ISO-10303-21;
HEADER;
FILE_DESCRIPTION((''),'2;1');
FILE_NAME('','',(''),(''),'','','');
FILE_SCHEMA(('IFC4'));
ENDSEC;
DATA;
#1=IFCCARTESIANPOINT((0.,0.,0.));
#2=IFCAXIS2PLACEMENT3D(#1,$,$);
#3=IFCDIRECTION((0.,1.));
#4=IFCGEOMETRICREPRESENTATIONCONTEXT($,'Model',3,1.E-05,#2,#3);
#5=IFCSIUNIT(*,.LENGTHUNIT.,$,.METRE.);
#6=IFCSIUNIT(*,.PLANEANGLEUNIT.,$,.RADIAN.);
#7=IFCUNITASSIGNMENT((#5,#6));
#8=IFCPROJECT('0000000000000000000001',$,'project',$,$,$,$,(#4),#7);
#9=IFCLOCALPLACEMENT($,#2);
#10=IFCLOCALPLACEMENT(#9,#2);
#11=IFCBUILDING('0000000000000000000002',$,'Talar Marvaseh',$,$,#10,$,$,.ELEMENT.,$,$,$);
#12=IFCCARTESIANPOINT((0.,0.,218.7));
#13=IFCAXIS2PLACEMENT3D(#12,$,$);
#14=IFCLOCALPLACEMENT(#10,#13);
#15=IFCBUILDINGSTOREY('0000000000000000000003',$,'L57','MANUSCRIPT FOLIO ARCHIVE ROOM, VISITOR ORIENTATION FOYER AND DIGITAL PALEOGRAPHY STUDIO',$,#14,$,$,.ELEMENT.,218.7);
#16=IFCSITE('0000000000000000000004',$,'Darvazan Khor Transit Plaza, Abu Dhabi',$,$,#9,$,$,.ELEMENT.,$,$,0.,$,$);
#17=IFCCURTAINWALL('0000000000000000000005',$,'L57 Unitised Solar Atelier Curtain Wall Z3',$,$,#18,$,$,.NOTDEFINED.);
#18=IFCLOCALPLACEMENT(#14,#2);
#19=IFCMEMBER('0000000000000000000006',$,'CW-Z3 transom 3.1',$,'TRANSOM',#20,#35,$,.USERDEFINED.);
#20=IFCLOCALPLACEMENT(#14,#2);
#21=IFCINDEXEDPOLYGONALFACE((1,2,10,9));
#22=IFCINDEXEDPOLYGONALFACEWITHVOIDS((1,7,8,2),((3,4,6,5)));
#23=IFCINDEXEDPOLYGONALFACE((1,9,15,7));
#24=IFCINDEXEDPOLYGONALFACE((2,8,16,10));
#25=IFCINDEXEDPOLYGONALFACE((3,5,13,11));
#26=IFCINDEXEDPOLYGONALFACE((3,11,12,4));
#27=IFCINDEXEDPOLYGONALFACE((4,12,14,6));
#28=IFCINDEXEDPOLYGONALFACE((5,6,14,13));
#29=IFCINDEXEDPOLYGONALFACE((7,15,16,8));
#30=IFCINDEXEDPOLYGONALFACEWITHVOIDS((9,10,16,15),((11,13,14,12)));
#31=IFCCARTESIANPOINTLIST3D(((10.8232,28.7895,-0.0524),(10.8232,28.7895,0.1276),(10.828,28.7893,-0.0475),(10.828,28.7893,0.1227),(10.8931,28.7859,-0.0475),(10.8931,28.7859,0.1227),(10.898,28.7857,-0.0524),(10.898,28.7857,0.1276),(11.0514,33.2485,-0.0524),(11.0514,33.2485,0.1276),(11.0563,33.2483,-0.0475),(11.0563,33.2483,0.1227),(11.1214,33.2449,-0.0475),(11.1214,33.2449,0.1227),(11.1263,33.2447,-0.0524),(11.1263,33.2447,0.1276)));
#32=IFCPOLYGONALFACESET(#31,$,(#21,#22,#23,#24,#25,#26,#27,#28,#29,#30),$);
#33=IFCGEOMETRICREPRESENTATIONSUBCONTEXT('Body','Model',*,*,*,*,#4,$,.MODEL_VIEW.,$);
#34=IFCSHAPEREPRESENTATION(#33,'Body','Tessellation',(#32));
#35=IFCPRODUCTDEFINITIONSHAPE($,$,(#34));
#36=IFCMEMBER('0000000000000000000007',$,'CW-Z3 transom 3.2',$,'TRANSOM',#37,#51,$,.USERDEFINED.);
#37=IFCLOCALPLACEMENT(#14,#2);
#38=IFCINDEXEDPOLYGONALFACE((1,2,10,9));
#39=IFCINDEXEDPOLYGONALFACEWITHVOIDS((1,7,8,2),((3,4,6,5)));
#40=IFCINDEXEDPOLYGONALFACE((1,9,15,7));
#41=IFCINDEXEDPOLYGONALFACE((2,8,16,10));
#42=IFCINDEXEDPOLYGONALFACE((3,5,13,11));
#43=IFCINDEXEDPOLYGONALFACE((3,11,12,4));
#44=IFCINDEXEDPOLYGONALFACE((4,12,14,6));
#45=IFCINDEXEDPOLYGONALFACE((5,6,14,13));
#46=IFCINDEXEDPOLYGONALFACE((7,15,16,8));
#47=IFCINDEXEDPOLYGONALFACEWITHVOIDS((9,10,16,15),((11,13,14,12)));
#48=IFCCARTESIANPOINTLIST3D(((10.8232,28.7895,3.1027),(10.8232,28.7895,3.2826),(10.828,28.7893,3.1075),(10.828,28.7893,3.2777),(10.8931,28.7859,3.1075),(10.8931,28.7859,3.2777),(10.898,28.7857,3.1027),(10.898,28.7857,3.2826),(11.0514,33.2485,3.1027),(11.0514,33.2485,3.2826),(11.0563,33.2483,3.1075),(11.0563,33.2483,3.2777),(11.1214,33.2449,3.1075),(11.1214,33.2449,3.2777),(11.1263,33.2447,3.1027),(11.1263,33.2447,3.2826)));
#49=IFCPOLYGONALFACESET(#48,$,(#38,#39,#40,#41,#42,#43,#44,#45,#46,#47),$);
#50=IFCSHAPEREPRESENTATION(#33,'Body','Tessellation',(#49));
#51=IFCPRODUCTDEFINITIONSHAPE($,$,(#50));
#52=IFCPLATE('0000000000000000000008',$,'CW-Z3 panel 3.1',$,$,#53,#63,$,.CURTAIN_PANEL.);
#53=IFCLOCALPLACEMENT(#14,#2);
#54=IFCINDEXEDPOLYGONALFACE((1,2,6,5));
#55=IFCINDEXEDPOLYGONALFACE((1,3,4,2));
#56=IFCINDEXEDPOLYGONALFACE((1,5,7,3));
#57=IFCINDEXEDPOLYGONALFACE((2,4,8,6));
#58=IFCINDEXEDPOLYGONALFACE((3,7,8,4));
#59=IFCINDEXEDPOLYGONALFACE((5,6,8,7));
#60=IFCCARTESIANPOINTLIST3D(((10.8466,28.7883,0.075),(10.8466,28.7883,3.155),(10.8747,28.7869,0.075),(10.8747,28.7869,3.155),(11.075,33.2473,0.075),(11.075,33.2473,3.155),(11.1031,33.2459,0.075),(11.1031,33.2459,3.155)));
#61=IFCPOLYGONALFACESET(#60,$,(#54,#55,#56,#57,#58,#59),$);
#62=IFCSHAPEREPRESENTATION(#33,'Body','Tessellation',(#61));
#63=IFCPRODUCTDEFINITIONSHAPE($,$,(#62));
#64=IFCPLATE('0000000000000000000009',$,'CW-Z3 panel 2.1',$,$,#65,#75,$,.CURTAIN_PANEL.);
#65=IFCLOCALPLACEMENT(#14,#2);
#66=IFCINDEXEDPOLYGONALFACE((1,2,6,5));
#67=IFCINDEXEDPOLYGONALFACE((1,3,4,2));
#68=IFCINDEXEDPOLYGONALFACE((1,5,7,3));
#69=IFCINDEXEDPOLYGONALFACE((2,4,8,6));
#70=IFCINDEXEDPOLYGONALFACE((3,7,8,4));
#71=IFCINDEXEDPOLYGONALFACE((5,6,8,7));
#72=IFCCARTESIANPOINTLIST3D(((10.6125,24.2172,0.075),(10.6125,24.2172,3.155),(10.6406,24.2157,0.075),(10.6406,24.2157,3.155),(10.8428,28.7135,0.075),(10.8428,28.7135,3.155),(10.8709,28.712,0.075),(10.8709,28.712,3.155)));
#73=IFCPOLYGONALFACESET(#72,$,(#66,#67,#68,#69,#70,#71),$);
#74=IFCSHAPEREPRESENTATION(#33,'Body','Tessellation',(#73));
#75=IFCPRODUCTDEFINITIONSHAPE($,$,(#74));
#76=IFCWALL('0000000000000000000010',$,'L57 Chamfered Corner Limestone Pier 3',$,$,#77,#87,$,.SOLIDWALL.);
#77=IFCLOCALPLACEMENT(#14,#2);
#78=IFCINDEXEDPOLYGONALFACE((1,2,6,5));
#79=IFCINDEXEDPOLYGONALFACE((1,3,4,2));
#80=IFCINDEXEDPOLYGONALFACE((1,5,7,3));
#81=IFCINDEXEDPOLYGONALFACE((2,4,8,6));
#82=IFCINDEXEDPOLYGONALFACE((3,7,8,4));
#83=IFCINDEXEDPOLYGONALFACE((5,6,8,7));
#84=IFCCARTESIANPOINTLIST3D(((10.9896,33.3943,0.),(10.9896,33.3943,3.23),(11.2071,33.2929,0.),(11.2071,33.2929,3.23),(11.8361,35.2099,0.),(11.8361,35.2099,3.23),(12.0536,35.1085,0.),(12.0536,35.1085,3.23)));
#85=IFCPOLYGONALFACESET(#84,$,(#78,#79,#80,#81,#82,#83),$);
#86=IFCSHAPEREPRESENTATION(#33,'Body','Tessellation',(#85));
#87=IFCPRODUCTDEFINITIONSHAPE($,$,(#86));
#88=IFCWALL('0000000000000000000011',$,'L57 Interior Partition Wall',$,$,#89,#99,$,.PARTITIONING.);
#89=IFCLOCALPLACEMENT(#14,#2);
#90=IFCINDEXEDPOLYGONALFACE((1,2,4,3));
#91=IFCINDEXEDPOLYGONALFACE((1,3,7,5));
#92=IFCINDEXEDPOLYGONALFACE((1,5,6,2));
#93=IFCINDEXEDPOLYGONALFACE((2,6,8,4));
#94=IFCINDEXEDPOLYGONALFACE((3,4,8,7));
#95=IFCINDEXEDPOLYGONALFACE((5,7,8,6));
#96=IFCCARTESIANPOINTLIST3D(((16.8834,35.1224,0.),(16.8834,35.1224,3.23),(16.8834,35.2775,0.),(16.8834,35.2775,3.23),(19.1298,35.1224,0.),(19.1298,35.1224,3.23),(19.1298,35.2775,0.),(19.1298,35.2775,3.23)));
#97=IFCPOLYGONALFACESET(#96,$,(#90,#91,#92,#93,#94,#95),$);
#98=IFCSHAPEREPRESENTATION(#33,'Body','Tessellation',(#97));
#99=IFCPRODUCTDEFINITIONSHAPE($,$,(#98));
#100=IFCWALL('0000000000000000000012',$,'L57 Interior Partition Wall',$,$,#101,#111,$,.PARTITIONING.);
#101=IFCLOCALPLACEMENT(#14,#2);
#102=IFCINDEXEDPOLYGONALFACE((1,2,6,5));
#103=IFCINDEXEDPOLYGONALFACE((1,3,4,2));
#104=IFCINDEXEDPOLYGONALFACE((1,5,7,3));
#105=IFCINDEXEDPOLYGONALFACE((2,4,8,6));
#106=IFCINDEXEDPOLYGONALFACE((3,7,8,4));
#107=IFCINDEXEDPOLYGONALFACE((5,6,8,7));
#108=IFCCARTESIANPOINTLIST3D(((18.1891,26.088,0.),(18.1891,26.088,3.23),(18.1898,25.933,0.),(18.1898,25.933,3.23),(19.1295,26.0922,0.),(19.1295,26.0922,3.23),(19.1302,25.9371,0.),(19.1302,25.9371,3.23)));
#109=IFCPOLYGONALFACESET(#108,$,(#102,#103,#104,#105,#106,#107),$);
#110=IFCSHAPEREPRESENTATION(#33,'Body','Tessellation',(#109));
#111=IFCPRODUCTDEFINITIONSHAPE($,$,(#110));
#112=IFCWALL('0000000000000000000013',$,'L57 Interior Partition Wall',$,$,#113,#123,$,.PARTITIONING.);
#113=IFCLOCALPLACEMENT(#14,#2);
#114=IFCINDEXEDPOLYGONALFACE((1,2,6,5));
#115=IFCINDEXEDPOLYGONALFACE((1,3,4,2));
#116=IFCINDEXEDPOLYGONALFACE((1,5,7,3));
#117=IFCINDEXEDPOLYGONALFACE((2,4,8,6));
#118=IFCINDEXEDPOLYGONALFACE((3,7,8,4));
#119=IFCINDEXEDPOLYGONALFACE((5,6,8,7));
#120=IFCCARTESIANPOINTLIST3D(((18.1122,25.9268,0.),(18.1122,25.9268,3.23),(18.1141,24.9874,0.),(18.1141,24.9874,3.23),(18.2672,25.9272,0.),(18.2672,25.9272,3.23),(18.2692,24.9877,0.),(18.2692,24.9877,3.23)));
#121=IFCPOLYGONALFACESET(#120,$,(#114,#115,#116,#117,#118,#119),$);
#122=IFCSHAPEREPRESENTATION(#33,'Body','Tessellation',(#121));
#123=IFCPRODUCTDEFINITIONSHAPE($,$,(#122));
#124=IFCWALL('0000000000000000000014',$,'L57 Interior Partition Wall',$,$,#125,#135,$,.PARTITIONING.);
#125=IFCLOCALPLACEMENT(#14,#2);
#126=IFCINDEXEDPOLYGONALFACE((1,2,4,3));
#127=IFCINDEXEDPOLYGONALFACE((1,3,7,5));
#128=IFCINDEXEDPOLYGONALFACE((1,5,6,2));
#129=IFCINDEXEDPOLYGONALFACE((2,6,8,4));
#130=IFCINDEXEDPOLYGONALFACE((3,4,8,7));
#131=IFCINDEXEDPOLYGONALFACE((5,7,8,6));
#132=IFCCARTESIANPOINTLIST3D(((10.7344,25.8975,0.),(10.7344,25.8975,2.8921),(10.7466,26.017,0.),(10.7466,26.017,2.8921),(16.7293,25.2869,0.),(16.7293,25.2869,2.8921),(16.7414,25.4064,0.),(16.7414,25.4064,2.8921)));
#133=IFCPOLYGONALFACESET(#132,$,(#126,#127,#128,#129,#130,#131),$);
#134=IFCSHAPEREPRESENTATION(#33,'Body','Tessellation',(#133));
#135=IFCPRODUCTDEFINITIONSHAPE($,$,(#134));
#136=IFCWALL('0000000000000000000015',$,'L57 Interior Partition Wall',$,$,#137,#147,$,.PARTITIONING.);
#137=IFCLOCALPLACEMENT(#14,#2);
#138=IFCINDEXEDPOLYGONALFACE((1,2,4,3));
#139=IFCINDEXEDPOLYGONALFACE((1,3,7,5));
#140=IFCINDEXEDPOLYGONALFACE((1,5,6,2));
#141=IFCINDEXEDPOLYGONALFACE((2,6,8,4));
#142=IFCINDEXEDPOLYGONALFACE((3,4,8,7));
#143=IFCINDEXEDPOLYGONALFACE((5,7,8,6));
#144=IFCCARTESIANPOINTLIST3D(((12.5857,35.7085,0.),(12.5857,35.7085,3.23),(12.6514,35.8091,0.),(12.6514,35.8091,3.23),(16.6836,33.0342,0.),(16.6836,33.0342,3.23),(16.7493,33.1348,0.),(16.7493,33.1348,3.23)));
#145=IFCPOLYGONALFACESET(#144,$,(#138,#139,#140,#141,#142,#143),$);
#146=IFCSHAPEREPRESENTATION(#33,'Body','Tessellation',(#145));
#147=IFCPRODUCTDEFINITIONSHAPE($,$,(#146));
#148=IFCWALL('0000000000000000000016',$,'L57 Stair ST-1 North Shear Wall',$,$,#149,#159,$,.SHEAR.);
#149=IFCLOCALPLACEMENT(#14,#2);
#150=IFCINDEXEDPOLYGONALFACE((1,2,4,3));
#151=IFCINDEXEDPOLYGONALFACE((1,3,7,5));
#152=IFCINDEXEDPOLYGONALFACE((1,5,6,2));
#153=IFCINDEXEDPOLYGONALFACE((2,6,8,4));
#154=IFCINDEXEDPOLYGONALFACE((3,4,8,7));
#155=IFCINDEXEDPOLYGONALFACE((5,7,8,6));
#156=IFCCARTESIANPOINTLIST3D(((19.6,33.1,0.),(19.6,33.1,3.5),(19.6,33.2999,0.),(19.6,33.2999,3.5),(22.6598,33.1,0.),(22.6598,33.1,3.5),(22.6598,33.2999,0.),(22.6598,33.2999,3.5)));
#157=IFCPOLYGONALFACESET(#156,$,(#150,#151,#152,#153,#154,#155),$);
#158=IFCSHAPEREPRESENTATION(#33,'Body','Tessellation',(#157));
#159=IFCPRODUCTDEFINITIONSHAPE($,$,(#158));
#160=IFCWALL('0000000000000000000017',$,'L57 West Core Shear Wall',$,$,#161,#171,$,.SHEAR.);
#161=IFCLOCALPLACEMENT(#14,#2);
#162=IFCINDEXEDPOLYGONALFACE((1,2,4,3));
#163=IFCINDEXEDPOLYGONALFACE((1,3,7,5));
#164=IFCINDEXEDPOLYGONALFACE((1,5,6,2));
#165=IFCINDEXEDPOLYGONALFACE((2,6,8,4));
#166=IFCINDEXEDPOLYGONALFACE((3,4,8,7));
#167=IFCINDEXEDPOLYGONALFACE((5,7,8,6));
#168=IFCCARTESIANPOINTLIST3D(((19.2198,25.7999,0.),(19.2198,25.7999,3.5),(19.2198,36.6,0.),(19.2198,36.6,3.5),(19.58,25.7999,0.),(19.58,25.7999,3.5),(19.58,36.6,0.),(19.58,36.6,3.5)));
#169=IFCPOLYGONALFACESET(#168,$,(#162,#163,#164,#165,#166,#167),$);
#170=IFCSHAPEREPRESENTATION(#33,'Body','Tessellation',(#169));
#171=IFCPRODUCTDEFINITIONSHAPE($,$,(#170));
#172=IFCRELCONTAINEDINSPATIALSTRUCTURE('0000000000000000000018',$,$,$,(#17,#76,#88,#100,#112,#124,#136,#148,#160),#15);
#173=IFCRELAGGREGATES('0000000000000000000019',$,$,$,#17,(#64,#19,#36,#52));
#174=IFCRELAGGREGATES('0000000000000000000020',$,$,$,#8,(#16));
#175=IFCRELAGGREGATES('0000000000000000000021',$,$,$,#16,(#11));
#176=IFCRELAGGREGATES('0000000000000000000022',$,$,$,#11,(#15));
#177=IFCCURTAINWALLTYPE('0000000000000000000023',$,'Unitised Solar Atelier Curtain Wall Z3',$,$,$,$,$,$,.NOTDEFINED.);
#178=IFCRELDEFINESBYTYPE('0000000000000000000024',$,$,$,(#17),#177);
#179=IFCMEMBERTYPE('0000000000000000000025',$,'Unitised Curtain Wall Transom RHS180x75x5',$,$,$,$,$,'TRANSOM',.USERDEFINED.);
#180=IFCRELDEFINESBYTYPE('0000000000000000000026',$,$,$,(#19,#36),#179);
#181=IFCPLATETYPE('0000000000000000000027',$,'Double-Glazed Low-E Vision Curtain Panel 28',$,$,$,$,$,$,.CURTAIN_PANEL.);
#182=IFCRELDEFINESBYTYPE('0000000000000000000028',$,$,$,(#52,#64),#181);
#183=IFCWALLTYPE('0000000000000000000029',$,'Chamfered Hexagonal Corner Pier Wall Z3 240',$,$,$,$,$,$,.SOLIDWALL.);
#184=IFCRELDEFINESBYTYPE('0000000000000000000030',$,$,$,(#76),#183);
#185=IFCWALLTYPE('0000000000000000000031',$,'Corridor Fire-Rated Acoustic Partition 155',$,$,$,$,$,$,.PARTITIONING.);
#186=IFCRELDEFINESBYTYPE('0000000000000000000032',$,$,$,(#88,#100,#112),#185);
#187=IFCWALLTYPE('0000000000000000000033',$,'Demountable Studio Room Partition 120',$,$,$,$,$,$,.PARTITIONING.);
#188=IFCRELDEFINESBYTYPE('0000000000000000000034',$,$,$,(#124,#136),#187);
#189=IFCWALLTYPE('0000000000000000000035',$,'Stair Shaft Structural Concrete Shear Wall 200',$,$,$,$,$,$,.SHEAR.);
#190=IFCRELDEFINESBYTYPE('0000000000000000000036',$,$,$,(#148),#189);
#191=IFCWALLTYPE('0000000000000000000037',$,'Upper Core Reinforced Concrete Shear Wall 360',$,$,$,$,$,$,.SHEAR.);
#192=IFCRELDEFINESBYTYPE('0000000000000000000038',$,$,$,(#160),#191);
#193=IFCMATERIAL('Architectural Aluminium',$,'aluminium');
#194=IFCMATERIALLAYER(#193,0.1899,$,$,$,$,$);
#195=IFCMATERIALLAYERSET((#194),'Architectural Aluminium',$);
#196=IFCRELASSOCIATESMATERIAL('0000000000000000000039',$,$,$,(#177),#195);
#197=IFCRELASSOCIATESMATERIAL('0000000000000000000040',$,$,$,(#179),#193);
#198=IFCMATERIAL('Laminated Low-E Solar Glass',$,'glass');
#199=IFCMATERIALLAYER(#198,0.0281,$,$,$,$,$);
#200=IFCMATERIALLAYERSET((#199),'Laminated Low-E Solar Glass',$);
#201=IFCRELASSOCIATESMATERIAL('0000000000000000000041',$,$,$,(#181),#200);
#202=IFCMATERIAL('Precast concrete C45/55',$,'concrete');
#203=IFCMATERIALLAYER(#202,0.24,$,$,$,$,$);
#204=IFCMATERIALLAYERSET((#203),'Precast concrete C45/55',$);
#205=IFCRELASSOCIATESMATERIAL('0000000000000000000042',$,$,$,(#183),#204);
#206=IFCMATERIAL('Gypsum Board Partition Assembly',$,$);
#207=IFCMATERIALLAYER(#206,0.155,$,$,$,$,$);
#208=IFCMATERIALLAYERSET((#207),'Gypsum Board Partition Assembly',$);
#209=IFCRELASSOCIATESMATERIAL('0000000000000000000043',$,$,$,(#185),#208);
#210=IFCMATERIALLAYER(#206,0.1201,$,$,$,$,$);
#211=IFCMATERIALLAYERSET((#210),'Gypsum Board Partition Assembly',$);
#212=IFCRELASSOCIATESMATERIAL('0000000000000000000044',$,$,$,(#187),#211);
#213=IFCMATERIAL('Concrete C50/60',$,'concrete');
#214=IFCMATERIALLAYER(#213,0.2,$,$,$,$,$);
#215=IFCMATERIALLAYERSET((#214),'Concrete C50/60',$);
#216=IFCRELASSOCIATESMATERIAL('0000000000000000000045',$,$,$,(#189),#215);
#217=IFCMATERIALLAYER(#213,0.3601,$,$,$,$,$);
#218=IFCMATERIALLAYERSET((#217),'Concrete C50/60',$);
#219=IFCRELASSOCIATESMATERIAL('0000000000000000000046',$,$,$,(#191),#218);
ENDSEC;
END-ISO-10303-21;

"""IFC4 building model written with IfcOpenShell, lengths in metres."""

from ifc_helpers import new_model, si_unit, direction, frame, frame_2d, origin, origin_2d, place, context, subcontext, project, spatial, rectangle, hollow_rectangle, extrude, source, transform, mapped, material, layer, layer_set, material_profile, profile_set, type_object, type_shapes, element, aggregate, save


model = new_model("IFC4")

# Units and contexts
model_context = context("Model", 3, precision=1e-05, world=origin(), true_north=direction((0.0, 1.0)))
body_context = subcontext(model_context, "Body", "Model", "MODEL_VIEW")
ifc_project = project(units=[si_unit("LENGTHUNIT", "METRE"), si_unit("PLANEANGLEUNIT", "RADIAN")], contexts=[model_context])

# Site, building, storey
site_placement = place(None, origin())
site = spatial("IfcSite", under=ifc_project, at=site_placement, Name="Darvazan Khor Transit Plaza, Abu Dhabi", CompositionType="ELEMENT", RefElevation=0.0)
building_placement = place(site_placement, origin())
building = spatial("IfcBuilding", under=site, at=building_placement, Name="Talar Marvaseh", CompositionType="ELEMENT")
storey_placement = place(building_placement, frame((0.0, 0.0, 218.7)))
storey = spatial("IfcBuildingStorey", under=building, at=storey_placement, Name="L57", Description="MANUSCRIPT FOLIO ARCHIVE ROOM, VISITOR ORIENTATION FOYER AND DIGITAL PALEOGRAPHY STUDIO", CompositionType="ELEMENT", Elevation=218.7)

# Curtain wall
ifc_material_1 = material(Name="Architectural Aluminium", Category="aluminium")
ifc_layer_1 = layer(ifc_material_1, 0.1899)
ifc_layer_set_1 = layer_set([ifc_layer_1], Name="Architectural Aluminium")
curtain_wall_type = type_object("IfcCurtainWallType", Name="Unitised Solar Atelier Curtain Wall Z3", PredefinedType="NOTDEFINED", material=ifc_layer_set_1)
curtain_wall_1_placement = place(storey_placement, origin())
curtain_wall_1 = element("IfcCurtainWall", 1, at=curtain_wall_1_placement, inside=storey, type_object=curtain_wall_type, Name="L57 Unitised Solar Atelier Curtain Wall Z3", PredefinedType="NOTDEFINED")
ifc_material_profile_1 = material_profile(ifc_material_1, hollow_rectangle(XDim=0.075, YDim=0.1799, WallThickness=0.0049, at=origin_2d()), Name="RHS180x75x5")
ifc_profile_set_1 = profile_set([ifc_material_profile_1], Name="Architectural Aluminium")
member_type_1 = type_object("IfcMemberType", Name="Unitised Curtain Wall Transom RHS180x75x5", ElementType="TRANSOM", PredefinedType="USERDEFINED", material=ifc_profile_set_1)

# Members
shared_shape_1 = source(origin(), body_context, "Body", "SweptSolid", [
    extrude(hollow_rectangle(XDim=0.075, YDim=0.1799, WallThickness=0.0049, at=origin_2d()), origin(), (0.0, 0.0, 1.0), 4.4648),
])
member_1_placement = place(storey_placement, frame((10.8606, 28.7876, 0.0376), z_axis=(0.051127, 0.998692, 0.0), x_axis=(-0.998692, 0.051127, 0.0)))
member_1 = element("IfcMember", 2, at=member_1_placement, type_object=member_type_1, Name="CW-Z3 transom 3.1", ObjectType="TRANSOM", PredefinedType="USERDEFINED", context=body_context, shape_type="MappedRepresentation", body=[
    mapped(shared_shape_1, transform((0.0, 0.0, 0.0), x_axis=(1.0, 0.0, 0.0), y_axis=(0.0, 1.0, 0.0), z_axis=(0.0, 0.0, 1.0), scale=1.0)),
])
member_2_placement = place(storey_placement, frame((10.8606, 28.7876, 3.1926), z_axis=(0.051127, 0.998692, 0.0), x_axis=(-0.998692, 0.051127, 0.0)))
member_2 = element("IfcMember", 3, at=member_2_placement, type_object=member_type_1, Name="CW-Z3 transom 3.2", ObjectType="TRANSOM", PredefinedType="USERDEFINED", context=body_context, shape_type="MappedRepresentation", body=[
    mapped(shared_shape_1, transform((0.0, 0.0, 0.0), x_axis=(1.0, 0.0, 0.0), y_axis=(0.0, 1.0, 0.0), z_axis=(0.0, 0.0, 1.0), scale=1.0)),
])

# Plates
ifc_material_2 = material(Name="Laminated Low-E Solar Glass", Category="glass")
ifc_layer_2 = layer(ifc_material_2, 0.0281)
ifc_layer_set_2 = layer_set([ifc_layer_2], Name="Laminated Low-E Solar Glass")
plate_type = type_object("IfcPlateType", Name="Double-Glazed Low-E Vision Curtain Panel 28", PredefinedType="CURTAIN_PANEL", material=ifc_layer_set_2)
shared_shape_2 = source(origin(), body_context, "Body", "SweptSolid", [
    extrude(rectangle(XDim=4.4648, YDim=0.0281, at=origin_2d()), origin(), (0.0, 0.0, 1.0), 3.0801),
])
plate_1_placement = place(storey_placement, frame((10.9749, 31.0171, 0.075), z_axis=(0.0, 0.0, 1.0), x_axis=(0.051152, 0.998691, 0.0)))
plate_1 = element("IfcPlate", 4, at=plate_1_placement, type_object=plate_type, Name="CW-Z3 panel 3.1", PredefinedType="CURTAIN_PANEL", context=body_context, shape_type="MappedRepresentation", body=[
    mapped(shared_shape_2, transform((0.0, 0.0, 0.0), x_axis=(1.0, 0.0, 0.0), y_axis=(0.0, 1.0, 0.0), z_axis=(0.0, 0.0, 1.0), scale=1.0)),
])
shared_shape_3 = source(origin(), body_context, "Body", "SweptSolid", [
    extrude(rectangle(XDim=4.5022, YDim=0.0281, at=origin_2d()), origin(), (0.0, 0.0, 1.0), 3.0801),
])
type_shapes(plate_type, [shared_shape_2, shared_shape_3])
plate_2_placement = place(storey_placement, frame((10.7417, 26.4646, 0.075), z_axis=(0.0, 0.0, 1.0), x_axis=(0.051152, 0.998691, 0.0)))
plate_2 = element("IfcPlate", 5, at=plate_2_placement, type_object=plate_type, Name="CW-Z3 panel 2.1", PredefinedType="CURTAIN_PANEL", context=body_context, shape_type="MappedRepresentation", body=[
    mapped(shared_shape_3, transform((0.0, 0.0, 0.0), x_axis=(1.0, 0.0, 0.0), y_axis=(0.0, 1.0, 0.0), z_axis=(0.0, 0.0, 1.0), scale=1.0)),
])
aggregate(curtain_wall_1, [plate_2, member_1, member_2, plate_1])

# Walls
ifc_material_3 = material(Name="Precast concrete C45/55", Category="concrete")
ifc_layer_3 = layer(ifc_material_3, 0.24)
ifc_layer_set_3 = layer_set([ifc_layer_3], Name="Precast concrete C45/55")
wall_type_1 = type_object("IfcWallType", Name="Chamfered Hexagonal Corner Pier Wall Z3 240", PredefinedType="SOLIDWALL", material=ifc_layer_set_3)
wall_1_placement = place(storey_placement, frame((11.0984, 33.3438, 0.0), z_axis=(0.0, 0.0, 1.0), x_axis=(0.422572, 0.906329, 0.0)))
element("IfcWall", 6, at=wall_1_placement, inside=storey, type_object=wall_type_1, Name="L57 Chamfered Corner Limestone Pier 3", PredefinedType="SOLIDWALL", context=body_context, shape_type="SweptSolid", body=[
    extrude(rectangle(XDim=2.0032, YDim=0.24, at=frame_2d((1.0015, 0.0))), origin(), (0.0, 0.0, 1.0), 3.23),
])
ifc_material_4 = material(Name="Gypsum Board Partition Assembly")
ifc_layer_4 = layer(ifc_material_4, 0.155)
ifc_layer_set_4 = layer_set([ifc_layer_4], Name="Gypsum Board Partition Assembly")
wall_type_2 = type_object("IfcWallType", Name="Corridor Fire-Rated Acoustic Partition 155", PredefinedType="PARTITIONING", material=ifc_layer_set_4)
wall_2_placement = place(storey_placement, frame((16.8835, 35.2, 0.0), z_axis=(0.0, 0.0, 1.0), x_axis=(1.0, 0.0, 0.0)))
element("IfcWall", 7, at=wall_2_placement, inside=storey, type_object=wall_type_2, Name="L57 Interior Partition Wall", PredefinedType="PARTITIONING", context=body_context, shape_type="SweptSolid", body=[
    extrude(rectangle(XDim=2.2463, YDim=0.155, at=frame_2d((1.123, 0.0))), origin(), (0.0, 0.0, 1.0), 3.23),
])
wall_3_placement = place(storey_placement, frame((19.1299, 26.0146, 0.0), z_axis=(0.0, 0.0, 1.0), x_axis=(-0.99999, -0.004413, 0.0)))
element("IfcWall", 8, at=wall_3_placement, inside=storey, type_object=wall_type_2, Name="L57 Interior Partition Wall", PredefinedType="PARTITIONING", context=body_context, shape_type="SweptSolid", body=[
    extrude(rectangle(XDim=0.9404, YDim=0.155, at=frame_2d((0.4702, 0.0))), origin(), (0.0, 0.0, 1.0), 3.23),
])
wall_4_placement = place(storey_placement, frame((18.1897, 25.927, 0.0), z_axis=(0.0, 0.0, 1.0), x_axis=(0.002079, -0.999998, 0.0)))
element("IfcWall", 9, at=wall_4_placement, inside=storey, type_object=wall_type_2, Name="L57 Interior Partition Wall", PredefinedType="PARTITIONING", context=body_context, shape_type="SweptSolid", body=[
    extrude(rectangle(XDim=0.9395, YDim=0.155, at=frame_2d((0.4697, 0.0))), origin(), (0.0, 0.0, 1.0), 3.23),
])
ifc_layer_5 = layer(ifc_material_4, 0.1201)
ifc_layer_set_5 = layer_set([ifc_layer_5], Name="Gypsum Board Partition Assembly")
wall_type_3 = type_object("IfcWallType", Name="Demountable Studio Room Partition 120", PredefinedType="PARTITIONING", material=ifc_layer_set_5)
wall_5_placement = place(storey_placement, frame((10.7405, 25.9573, 0.0), z_axis=(0.0, 0.0, 1.0), x_axis=(0.994853, -0.101329, 0.0)))
element("IfcWall", 10, at=wall_5_placement, inside=storey, type_object=wall_type_3, Name="L57 Interior Partition Wall", PredefinedType="PARTITIONING", context=body_context, shape_type="SweptSolid", body=[
    extrude(rectangle(XDim=6.0259, YDim=0.1201, at=frame_2d((3.0129, 0.0))), origin(), (0.0, 0.0, 1.0), 2.8921),
])
wall_6_placement = place(storey_placement, frame((16.7166, 33.0845, 0.0), z_axis=(0.0, 0.0, 1.0), x_axis=(-0.837445, 0.546522, 0.0)))
element("IfcWall", 11, at=wall_6_placement, inside=storey, type_object=wall_type_3, Name="L57 Interior Partition Wall", PredefinedType="PARTITIONING", context=body_context, shape_type="SweptSolid", body=[
    extrude(rectangle(XDim=4.8933, YDim=0.1201, at=frame_2d((2.4468, 0.0))), origin(), (0.0, 0.0, 1.0), 3.23),
])
ifc_material_5 = material(Name="Concrete C50/60", Category="concrete")
ifc_layer_6 = layer(ifc_material_5, 0.2)
ifc_layer_set_6 = layer_set([ifc_layer_6], Name="Concrete C50/60")
wall_type_4 = type_object("IfcWallType", Name="Stair Shaft Structural Concrete Shear Wall 200", PredefinedType="SHEAR", material=ifc_layer_set_6)
wall_7_placement = place(storey_placement, frame((19.6001, 33.2, 0.0), z_axis=(0.0, 0.0, 1.0), x_axis=(1.0, 0.0, 0.0)))
element("IfcWall", 12, at=wall_7_placement, inside=storey, type_object=wall_type_4, Name="L57 Stair ST-1 North Shear Wall", PredefinedType="SHEAR", context=body_context, shape_type="SweptSolid", body=[
    extrude(rectangle(XDim=3.0598, YDim=0.2, at=frame_2d((1.5298, 0.0))), origin(), (0.0, 0.0, 1.0), 3.5),
])
ifc_layer_7 = layer(ifc_material_5, 0.3601)
ifc_layer_set_7 = layer_set([ifc_layer_7], Name="Concrete C50/60")
wall_type_5 = type_object("IfcWallType", Name="Upper Core Reinforced Concrete Shear Wall 360", PredefinedType="SHEAR", material=ifc_layer_set_7)
wall_8_placement = place(storey_placement, frame((19.3999, 25.8, 0.0), z_axis=(0.0, 0.0, 1.0), x_axis=(0.0, 1.0, 0.0)))
element("IfcWall", 13, at=wall_8_placement, inside=storey, type_object=wall_type_5, Name="L57 West Core Shear Wall", PredefinedType="SHEAR", context=body_context, shape_type="SweptSolid", body=[
    extrude(rectangle(XDim=10.8, YDim=0.3601, at=frame_2d((5.3999, 0.0))), origin(), (0.0, 0.0, 1.0), 3.5),
])

save(model, "model.ifc")
